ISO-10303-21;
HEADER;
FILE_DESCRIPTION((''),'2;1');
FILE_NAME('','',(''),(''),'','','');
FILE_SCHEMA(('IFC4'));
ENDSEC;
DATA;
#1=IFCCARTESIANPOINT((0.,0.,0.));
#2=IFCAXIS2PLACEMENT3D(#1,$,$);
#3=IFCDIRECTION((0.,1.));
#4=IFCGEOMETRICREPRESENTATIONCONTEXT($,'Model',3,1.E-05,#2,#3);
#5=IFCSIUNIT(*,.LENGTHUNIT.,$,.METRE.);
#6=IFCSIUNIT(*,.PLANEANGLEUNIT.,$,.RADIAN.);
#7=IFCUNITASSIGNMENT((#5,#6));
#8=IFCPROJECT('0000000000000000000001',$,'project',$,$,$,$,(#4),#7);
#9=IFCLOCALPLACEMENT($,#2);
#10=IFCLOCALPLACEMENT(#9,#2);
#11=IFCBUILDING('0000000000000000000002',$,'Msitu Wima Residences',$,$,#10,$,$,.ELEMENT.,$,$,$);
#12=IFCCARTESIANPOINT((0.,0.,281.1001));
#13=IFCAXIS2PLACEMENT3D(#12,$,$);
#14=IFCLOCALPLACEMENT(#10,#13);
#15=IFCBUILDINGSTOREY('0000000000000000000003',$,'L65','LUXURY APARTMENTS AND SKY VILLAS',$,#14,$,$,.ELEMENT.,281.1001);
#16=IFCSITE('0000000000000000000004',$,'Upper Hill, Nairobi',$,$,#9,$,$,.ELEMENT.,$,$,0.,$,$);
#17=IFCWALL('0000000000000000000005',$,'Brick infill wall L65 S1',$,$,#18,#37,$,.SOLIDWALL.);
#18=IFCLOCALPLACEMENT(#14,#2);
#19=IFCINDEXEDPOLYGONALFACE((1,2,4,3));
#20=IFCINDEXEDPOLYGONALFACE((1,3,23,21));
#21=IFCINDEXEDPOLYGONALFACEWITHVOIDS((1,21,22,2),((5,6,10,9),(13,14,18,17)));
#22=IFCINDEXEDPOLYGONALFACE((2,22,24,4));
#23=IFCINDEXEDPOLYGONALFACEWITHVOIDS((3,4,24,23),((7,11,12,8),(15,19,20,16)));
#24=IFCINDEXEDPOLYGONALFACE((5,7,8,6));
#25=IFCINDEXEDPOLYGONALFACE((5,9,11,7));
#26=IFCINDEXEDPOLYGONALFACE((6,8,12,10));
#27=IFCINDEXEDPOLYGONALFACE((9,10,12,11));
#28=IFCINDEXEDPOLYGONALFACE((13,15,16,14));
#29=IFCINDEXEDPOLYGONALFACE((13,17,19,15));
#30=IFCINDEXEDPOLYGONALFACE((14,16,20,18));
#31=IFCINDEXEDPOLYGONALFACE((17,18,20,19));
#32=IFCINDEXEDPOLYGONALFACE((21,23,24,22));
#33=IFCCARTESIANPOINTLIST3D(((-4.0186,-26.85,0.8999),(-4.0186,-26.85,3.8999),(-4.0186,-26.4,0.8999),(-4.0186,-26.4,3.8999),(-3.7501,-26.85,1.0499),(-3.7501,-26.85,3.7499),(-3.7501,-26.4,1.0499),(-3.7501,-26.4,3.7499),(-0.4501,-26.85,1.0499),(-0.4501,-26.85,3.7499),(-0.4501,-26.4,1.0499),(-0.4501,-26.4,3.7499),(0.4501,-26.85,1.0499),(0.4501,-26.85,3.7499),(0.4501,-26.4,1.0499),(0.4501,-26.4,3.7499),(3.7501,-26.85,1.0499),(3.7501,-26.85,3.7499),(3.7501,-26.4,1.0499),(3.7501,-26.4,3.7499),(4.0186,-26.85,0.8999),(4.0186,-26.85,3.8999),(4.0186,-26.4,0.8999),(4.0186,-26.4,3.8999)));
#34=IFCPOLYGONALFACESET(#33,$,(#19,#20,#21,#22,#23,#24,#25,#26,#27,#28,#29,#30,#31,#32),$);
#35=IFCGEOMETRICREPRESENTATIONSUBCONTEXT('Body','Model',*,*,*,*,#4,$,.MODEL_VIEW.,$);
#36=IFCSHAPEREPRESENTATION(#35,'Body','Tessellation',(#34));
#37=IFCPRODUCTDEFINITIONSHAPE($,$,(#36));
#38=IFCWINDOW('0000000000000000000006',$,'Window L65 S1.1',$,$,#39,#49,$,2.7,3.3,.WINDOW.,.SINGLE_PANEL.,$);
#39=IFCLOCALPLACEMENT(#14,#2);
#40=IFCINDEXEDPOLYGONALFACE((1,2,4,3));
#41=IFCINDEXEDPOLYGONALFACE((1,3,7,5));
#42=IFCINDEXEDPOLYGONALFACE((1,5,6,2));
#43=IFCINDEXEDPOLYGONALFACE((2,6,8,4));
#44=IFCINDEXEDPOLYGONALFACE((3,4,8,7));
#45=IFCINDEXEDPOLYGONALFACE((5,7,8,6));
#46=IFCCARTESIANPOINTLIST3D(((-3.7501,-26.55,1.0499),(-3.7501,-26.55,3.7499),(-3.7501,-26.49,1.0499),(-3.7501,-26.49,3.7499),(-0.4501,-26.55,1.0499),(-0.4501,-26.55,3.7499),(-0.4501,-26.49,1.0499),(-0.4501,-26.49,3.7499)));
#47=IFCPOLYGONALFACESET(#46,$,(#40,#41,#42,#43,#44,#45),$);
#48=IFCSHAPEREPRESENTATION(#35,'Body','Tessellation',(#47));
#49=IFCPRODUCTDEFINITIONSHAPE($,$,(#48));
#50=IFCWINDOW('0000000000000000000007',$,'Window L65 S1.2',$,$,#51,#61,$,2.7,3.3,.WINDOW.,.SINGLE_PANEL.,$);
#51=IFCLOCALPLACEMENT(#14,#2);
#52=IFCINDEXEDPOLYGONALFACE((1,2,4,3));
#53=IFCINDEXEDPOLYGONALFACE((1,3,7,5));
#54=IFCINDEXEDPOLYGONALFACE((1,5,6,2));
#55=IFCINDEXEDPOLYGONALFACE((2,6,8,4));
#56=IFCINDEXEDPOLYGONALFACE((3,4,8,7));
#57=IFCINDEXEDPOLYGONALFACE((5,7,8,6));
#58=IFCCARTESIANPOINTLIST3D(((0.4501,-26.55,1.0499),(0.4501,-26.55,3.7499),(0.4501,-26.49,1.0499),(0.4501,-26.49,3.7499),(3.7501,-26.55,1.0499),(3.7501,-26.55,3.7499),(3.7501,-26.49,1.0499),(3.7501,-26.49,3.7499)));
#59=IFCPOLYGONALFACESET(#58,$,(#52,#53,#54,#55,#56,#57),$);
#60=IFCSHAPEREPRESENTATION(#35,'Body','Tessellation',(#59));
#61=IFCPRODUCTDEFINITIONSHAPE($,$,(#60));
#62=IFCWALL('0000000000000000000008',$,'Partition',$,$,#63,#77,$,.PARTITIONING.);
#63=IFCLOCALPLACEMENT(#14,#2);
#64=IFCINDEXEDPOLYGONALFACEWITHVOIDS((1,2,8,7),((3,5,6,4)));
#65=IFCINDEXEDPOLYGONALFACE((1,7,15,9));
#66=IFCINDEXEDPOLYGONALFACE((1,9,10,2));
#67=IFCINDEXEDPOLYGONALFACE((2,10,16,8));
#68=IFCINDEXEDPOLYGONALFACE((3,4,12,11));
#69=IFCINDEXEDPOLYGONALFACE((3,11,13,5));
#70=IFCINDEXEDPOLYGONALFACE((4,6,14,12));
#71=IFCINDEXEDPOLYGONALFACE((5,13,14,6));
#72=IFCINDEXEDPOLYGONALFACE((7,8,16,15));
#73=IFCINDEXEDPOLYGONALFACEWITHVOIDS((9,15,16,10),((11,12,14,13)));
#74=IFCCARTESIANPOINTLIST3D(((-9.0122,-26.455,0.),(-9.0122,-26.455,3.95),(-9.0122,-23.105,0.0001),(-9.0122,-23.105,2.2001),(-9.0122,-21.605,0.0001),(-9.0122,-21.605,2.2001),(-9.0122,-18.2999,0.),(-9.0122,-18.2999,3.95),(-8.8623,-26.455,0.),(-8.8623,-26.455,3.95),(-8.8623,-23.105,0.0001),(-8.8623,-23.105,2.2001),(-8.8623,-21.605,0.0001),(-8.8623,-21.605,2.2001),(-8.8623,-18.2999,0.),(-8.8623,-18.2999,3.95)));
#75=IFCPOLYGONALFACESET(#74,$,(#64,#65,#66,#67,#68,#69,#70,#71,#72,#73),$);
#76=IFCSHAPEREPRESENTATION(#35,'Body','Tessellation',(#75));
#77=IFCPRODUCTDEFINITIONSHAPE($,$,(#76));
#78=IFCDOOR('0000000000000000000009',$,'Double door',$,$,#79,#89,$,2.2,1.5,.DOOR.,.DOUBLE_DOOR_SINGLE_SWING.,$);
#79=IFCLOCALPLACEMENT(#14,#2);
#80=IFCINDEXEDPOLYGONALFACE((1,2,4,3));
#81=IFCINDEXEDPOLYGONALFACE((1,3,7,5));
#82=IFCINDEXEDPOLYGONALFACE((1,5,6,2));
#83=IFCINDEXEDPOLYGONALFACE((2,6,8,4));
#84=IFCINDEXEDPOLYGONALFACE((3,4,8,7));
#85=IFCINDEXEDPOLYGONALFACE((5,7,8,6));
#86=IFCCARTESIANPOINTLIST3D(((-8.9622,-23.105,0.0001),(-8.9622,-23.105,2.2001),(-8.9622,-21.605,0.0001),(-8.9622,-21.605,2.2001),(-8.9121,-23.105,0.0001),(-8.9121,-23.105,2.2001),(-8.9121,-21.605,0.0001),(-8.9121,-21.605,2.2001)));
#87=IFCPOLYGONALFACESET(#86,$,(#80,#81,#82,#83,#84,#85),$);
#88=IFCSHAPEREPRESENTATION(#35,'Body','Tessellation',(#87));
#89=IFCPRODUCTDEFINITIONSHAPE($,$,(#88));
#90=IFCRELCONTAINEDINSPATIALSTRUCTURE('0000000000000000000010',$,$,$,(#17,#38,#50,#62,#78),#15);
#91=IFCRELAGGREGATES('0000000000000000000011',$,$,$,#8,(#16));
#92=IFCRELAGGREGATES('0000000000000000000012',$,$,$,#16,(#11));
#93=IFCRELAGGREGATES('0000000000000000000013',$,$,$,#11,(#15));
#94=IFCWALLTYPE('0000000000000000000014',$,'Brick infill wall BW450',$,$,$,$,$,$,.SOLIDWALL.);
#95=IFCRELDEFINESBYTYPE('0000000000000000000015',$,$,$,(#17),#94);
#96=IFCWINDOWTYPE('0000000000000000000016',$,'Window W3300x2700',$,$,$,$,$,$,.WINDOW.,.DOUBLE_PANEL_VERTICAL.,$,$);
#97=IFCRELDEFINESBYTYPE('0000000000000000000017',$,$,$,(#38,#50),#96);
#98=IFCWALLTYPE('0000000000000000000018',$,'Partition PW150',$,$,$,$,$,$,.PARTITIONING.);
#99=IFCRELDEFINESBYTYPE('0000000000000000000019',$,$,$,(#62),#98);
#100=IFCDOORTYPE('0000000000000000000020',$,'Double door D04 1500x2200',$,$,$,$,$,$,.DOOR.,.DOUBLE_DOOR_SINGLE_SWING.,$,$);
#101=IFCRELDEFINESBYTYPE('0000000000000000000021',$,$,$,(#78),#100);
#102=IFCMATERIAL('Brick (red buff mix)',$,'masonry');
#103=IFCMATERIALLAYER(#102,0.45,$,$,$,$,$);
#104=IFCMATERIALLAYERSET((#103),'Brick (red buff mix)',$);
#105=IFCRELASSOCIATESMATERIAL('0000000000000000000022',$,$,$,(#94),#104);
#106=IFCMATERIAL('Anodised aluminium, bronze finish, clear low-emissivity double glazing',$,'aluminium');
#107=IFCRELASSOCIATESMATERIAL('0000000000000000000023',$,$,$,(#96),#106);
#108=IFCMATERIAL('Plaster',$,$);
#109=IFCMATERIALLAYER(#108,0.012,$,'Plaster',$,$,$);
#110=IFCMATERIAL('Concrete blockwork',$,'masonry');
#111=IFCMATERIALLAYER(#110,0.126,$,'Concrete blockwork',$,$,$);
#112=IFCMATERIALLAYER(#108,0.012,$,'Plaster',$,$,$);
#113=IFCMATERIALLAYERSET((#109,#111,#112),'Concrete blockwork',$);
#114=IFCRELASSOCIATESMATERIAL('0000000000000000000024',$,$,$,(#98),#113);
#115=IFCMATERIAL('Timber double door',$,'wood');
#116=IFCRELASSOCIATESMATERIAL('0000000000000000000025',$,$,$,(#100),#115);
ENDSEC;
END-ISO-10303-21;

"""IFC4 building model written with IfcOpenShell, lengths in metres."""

from ifc_helpers import new_model, si_unit, direction, frame, frame_2d, origin, place, context, subcontext, project, spatial, rectangle, extrude, material, layer, layer_set, type_object, element, fill, save


model = new_model("IFC4")

# Units and contexts
model_context = context("Model", 3, precision=1e-05, world=origin(), true_north=direction((0.0, 1.0)))
body_context = subcontext(model_context, "Body", "Model", "MODEL_VIEW")
ifc_project = project(units=[si_unit("LENGTHUNIT", "METRE"), si_unit("PLANEANGLEUNIT", "RADIAN")], contexts=[model_context])

# Site, building, storey
site_placement = place(None, origin())
site = spatial("IfcSite", under=ifc_project, at=site_placement, Name="Upper Hill, Nairobi", CompositionType="ELEMENT", RefElevation=0.0)
building_placement = place(site_placement, origin())
building = spatial("IfcBuilding", under=site, at=building_placement, Name="Msitu Wima Residences", CompositionType="ELEMENT")
storey_placement = place(building_placement, frame((0.0, 0.0, 281.1001)))
storey = spatial("IfcBuildingStorey", under=building, at=storey_placement, Name="L65", Description="LUXURY APARTMENTS AND SKY VILLAS", CompositionType="ELEMENT", Elevation=281.1001)

# Shared definitions
ifc_material_1 = material(Name="Brick (red buff mix)", Category="masonry")
ifc_layer_1 = layer(ifc_material_1, 0.45)
ifc_layer_set_1 = layer_set([ifc_layer_1], Name="Brick (red buff mix)")
wall_type_1 = type_object("IfcWallType", Name="Brick infill wall BW450", PredefinedType="SOLIDWALL", material=ifc_layer_set_1)
ifc_material_2 = material(Name="Anodised aluminium, bronze finish, clear low-emissivity double glazing", Category="aluminium")
window_type = type_object("IfcWindowType", Name="Window W3300x2700", PartitioningType="DOUBLE_PANEL_VERTICAL", PredefinedType="WINDOW", material=ifc_material_2)

# Wall, openings, windows
wall_1_placement = place(storey_placement, frame((-4.0186, -26.625, 0.8999), z_axis=(0.0, 0.0, 1.0), x_axis=(1.0, 0.0, 0.0)))
wall_1 = element("IfcWall", 1, at=wall_1_placement, inside=storey, type_object=wall_type_1, Name="Brick infill wall L65 S1", PredefinedType="SOLIDWALL", context=body_context, shape_type="SweptSolid", body=[
    extrude(rectangle(XDim=8.0371, YDim=0.45, at=frame_2d((4.0186, 0.0))), origin(), (0.0, 0.0, 1.0), 3.0),
])
opening_1_placement = place(wall_1_placement, frame((0.2686, 0.0, 0.1499)))
opening_1 = element("IfcOpeningElement", 2, at=opening_1_placement, cuts=wall_1, PredefinedType="OPENING", context=body_context, shape_type="SweptSolid", body=[
    extrude(rectangle(XDim=3.3, YDim=2.7, at=frame_2d((1.6499, 1.3501))), frame((0.0, 0.2349, 0.0), z_axis=(0.0, -1.0, 0.0), x_axis=(1.0, 0.0, 0.0)), (0.0, 0.0, 1.0), 0.47),
])
opening_2_placement = place(wall_1_placement, frame((4.4688, 0.0, 0.1499)))
opening_2 = element("IfcOpeningElement", 3, at=opening_2_placement, cuts=wall_1, PredefinedType="OPENING", context=body_context, shape_type="SweptSolid", body=[
    extrude(rectangle(XDim=3.3, YDim=2.7, at=frame_2d((1.6499, 1.3501))), frame((0.0, 0.2349, 0.0), z_axis=(0.0, -1.0, 0.0), x_axis=(1.0, 0.0, 0.0)), (0.0, 0.0, 1.0), 0.47),
])
window_1_placement = place(opening_1_placement, origin())
window_1 = element("IfcWindow", 4, at=window_1_placement, inside=storey, type_object=window_type, Name="Window L65 S1.1", OverallHeight=2.7, OverallWidth=3.3, PartitioningType="SINGLE_PANEL", PredefinedType="WINDOW", context=body_context, shape_type="SweptSolid", body=[
    extrude(rectangle(XDim=3.3, YDim=2.7, at=frame_2d((1.6499, 1.3501))), frame((0.0, 0.135, 0.0), z_axis=(0.0, -1.0, 0.0), x_axis=(1.0, 0.0, 0.0)), (0.0, 0.0, 1.0), 0.0601),
])
fill(opening_1, window_1)
window_2_placement = place(opening_2_placement, origin())
window_2 = element("IfcWindow", 5, at=window_2_placement, inside=storey, type_object=window_type, Name="Window L65 S1.2", OverallHeight=2.7, OverallWidth=3.3, PartitioningType="SINGLE_PANEL", PredefinedType="WINDOW", context=body_context, shape_type="SweptSolid", body=[
    extrude(rectangle(XDim=3.3, YDim=2.7, at=frame_2d((1.6499, 1.3501))), frame((0.0, 0.135, 0.0), z_axis=(0.0, -1.0, 0.0), x_axis=(1.0, 0.0, 0.0)), (0.0, 0.0, 1.0), 0.0601),
])
fill(opening_2, window_2)

# Wall, opening, door
ifc_material_3 = material(Name="Plaster")
ifc_layer_2 = layer(ifc_material_3, 0.012, Name="Plaster")
ifc_material_4 = material(Name="Concrete blockwork", Category="masonry")
ifc_layer_3 = layer(ifc_material_4, 0.126, Name="Concrete blockwork")
ifc_layer_4 = layer(ifc_material_3, 0.012, Name="Plaster")
ifc_layer_set_2 = layer_set([ifc_layer_2, ifc_layer_3, ifc_layer_4], Name="Concrete blockwork")
wall_type_2 = type_object("IfcWallType", Name="Partition PW150", PredefinedType="PARTITIONING", material=ifc_layer_set_2)
wall_2_placement = place(storey_placement, frame((-8.9373, -26.4551, 0.0), z_axis=(0.0, 0.0, 1.0), x_axis=(0.0, 1.0, 0.0)))
wall_2 = element("IfcWall", 6, at=wall_2_placement, inside=storey, type_object=wall_type_2, Name="Partition", PredefinedType="PARTITIONING", context=body_context, shape_type="SweptSolid", body=[
    extrude(rectangle(XDim=8.155, YDim=0.1499, at=frame_2d((4.0776, 0.0))), origin(), (0.0, 0.0, 1.0), 3.95),
])
opening_3_placement = place(wall_2_placement, frame((3.3501, 0.0, 0.0)))
opening_3 = element("IfcOpeningElement", 7, at=opening_3_placement, cuts=wall_2, PredefinedType="OPENING", context=body_context, shape_type="SweptSolid", body=[
    extrude(rectangle(XDim=1.5, YDim=2.2, at=frame_2d((0.75, 1.1001))), frame((0.0, 0.085, 0.0), z_axis=(0.0, -1.0, 0.0), x_axis=(1.0, 0.0, 0.0)), (0.0, 0.0, 1.0), 0.1699),
])
ifc_material_5 = material(Name="Timber double door", Category="wood")
door_type_1 = type_object("IfcDoorType", Name="Double door D04 1500x2200", OperationType="DOUBLE_DOOR_SINGLE_SWING", PredefinedType="DOOR", material=ifc_material_5)
door_1_placement = place(opening_3_placement, origin())
door_1 = element("IfcDoor", 8, at=door_1_placement, inside=storey, type_object=door_type_1, Name="Double door", OperationType="DOUBLE_DOOR_SINGLE_SWING", OverallHeight=2.2, OverallWidth=1.5, PredefinedType="DOOR", context=body_context, shape_type="SweptSolid", body=[
    extrude(rectangle(XDim=1.5, YDim=2.2, at=frame_2d((0.75, 1.1001))), frame((0.0, 0.0249, 0.0), z_axis=(0.0, -1.0, 0.0), x_axis=(1.0, 0.0, 0.0)), (0.0, 0.0, 1.0), 0.05),
])
fill(opening_3, door_1)

save(model, "model.ifc")
